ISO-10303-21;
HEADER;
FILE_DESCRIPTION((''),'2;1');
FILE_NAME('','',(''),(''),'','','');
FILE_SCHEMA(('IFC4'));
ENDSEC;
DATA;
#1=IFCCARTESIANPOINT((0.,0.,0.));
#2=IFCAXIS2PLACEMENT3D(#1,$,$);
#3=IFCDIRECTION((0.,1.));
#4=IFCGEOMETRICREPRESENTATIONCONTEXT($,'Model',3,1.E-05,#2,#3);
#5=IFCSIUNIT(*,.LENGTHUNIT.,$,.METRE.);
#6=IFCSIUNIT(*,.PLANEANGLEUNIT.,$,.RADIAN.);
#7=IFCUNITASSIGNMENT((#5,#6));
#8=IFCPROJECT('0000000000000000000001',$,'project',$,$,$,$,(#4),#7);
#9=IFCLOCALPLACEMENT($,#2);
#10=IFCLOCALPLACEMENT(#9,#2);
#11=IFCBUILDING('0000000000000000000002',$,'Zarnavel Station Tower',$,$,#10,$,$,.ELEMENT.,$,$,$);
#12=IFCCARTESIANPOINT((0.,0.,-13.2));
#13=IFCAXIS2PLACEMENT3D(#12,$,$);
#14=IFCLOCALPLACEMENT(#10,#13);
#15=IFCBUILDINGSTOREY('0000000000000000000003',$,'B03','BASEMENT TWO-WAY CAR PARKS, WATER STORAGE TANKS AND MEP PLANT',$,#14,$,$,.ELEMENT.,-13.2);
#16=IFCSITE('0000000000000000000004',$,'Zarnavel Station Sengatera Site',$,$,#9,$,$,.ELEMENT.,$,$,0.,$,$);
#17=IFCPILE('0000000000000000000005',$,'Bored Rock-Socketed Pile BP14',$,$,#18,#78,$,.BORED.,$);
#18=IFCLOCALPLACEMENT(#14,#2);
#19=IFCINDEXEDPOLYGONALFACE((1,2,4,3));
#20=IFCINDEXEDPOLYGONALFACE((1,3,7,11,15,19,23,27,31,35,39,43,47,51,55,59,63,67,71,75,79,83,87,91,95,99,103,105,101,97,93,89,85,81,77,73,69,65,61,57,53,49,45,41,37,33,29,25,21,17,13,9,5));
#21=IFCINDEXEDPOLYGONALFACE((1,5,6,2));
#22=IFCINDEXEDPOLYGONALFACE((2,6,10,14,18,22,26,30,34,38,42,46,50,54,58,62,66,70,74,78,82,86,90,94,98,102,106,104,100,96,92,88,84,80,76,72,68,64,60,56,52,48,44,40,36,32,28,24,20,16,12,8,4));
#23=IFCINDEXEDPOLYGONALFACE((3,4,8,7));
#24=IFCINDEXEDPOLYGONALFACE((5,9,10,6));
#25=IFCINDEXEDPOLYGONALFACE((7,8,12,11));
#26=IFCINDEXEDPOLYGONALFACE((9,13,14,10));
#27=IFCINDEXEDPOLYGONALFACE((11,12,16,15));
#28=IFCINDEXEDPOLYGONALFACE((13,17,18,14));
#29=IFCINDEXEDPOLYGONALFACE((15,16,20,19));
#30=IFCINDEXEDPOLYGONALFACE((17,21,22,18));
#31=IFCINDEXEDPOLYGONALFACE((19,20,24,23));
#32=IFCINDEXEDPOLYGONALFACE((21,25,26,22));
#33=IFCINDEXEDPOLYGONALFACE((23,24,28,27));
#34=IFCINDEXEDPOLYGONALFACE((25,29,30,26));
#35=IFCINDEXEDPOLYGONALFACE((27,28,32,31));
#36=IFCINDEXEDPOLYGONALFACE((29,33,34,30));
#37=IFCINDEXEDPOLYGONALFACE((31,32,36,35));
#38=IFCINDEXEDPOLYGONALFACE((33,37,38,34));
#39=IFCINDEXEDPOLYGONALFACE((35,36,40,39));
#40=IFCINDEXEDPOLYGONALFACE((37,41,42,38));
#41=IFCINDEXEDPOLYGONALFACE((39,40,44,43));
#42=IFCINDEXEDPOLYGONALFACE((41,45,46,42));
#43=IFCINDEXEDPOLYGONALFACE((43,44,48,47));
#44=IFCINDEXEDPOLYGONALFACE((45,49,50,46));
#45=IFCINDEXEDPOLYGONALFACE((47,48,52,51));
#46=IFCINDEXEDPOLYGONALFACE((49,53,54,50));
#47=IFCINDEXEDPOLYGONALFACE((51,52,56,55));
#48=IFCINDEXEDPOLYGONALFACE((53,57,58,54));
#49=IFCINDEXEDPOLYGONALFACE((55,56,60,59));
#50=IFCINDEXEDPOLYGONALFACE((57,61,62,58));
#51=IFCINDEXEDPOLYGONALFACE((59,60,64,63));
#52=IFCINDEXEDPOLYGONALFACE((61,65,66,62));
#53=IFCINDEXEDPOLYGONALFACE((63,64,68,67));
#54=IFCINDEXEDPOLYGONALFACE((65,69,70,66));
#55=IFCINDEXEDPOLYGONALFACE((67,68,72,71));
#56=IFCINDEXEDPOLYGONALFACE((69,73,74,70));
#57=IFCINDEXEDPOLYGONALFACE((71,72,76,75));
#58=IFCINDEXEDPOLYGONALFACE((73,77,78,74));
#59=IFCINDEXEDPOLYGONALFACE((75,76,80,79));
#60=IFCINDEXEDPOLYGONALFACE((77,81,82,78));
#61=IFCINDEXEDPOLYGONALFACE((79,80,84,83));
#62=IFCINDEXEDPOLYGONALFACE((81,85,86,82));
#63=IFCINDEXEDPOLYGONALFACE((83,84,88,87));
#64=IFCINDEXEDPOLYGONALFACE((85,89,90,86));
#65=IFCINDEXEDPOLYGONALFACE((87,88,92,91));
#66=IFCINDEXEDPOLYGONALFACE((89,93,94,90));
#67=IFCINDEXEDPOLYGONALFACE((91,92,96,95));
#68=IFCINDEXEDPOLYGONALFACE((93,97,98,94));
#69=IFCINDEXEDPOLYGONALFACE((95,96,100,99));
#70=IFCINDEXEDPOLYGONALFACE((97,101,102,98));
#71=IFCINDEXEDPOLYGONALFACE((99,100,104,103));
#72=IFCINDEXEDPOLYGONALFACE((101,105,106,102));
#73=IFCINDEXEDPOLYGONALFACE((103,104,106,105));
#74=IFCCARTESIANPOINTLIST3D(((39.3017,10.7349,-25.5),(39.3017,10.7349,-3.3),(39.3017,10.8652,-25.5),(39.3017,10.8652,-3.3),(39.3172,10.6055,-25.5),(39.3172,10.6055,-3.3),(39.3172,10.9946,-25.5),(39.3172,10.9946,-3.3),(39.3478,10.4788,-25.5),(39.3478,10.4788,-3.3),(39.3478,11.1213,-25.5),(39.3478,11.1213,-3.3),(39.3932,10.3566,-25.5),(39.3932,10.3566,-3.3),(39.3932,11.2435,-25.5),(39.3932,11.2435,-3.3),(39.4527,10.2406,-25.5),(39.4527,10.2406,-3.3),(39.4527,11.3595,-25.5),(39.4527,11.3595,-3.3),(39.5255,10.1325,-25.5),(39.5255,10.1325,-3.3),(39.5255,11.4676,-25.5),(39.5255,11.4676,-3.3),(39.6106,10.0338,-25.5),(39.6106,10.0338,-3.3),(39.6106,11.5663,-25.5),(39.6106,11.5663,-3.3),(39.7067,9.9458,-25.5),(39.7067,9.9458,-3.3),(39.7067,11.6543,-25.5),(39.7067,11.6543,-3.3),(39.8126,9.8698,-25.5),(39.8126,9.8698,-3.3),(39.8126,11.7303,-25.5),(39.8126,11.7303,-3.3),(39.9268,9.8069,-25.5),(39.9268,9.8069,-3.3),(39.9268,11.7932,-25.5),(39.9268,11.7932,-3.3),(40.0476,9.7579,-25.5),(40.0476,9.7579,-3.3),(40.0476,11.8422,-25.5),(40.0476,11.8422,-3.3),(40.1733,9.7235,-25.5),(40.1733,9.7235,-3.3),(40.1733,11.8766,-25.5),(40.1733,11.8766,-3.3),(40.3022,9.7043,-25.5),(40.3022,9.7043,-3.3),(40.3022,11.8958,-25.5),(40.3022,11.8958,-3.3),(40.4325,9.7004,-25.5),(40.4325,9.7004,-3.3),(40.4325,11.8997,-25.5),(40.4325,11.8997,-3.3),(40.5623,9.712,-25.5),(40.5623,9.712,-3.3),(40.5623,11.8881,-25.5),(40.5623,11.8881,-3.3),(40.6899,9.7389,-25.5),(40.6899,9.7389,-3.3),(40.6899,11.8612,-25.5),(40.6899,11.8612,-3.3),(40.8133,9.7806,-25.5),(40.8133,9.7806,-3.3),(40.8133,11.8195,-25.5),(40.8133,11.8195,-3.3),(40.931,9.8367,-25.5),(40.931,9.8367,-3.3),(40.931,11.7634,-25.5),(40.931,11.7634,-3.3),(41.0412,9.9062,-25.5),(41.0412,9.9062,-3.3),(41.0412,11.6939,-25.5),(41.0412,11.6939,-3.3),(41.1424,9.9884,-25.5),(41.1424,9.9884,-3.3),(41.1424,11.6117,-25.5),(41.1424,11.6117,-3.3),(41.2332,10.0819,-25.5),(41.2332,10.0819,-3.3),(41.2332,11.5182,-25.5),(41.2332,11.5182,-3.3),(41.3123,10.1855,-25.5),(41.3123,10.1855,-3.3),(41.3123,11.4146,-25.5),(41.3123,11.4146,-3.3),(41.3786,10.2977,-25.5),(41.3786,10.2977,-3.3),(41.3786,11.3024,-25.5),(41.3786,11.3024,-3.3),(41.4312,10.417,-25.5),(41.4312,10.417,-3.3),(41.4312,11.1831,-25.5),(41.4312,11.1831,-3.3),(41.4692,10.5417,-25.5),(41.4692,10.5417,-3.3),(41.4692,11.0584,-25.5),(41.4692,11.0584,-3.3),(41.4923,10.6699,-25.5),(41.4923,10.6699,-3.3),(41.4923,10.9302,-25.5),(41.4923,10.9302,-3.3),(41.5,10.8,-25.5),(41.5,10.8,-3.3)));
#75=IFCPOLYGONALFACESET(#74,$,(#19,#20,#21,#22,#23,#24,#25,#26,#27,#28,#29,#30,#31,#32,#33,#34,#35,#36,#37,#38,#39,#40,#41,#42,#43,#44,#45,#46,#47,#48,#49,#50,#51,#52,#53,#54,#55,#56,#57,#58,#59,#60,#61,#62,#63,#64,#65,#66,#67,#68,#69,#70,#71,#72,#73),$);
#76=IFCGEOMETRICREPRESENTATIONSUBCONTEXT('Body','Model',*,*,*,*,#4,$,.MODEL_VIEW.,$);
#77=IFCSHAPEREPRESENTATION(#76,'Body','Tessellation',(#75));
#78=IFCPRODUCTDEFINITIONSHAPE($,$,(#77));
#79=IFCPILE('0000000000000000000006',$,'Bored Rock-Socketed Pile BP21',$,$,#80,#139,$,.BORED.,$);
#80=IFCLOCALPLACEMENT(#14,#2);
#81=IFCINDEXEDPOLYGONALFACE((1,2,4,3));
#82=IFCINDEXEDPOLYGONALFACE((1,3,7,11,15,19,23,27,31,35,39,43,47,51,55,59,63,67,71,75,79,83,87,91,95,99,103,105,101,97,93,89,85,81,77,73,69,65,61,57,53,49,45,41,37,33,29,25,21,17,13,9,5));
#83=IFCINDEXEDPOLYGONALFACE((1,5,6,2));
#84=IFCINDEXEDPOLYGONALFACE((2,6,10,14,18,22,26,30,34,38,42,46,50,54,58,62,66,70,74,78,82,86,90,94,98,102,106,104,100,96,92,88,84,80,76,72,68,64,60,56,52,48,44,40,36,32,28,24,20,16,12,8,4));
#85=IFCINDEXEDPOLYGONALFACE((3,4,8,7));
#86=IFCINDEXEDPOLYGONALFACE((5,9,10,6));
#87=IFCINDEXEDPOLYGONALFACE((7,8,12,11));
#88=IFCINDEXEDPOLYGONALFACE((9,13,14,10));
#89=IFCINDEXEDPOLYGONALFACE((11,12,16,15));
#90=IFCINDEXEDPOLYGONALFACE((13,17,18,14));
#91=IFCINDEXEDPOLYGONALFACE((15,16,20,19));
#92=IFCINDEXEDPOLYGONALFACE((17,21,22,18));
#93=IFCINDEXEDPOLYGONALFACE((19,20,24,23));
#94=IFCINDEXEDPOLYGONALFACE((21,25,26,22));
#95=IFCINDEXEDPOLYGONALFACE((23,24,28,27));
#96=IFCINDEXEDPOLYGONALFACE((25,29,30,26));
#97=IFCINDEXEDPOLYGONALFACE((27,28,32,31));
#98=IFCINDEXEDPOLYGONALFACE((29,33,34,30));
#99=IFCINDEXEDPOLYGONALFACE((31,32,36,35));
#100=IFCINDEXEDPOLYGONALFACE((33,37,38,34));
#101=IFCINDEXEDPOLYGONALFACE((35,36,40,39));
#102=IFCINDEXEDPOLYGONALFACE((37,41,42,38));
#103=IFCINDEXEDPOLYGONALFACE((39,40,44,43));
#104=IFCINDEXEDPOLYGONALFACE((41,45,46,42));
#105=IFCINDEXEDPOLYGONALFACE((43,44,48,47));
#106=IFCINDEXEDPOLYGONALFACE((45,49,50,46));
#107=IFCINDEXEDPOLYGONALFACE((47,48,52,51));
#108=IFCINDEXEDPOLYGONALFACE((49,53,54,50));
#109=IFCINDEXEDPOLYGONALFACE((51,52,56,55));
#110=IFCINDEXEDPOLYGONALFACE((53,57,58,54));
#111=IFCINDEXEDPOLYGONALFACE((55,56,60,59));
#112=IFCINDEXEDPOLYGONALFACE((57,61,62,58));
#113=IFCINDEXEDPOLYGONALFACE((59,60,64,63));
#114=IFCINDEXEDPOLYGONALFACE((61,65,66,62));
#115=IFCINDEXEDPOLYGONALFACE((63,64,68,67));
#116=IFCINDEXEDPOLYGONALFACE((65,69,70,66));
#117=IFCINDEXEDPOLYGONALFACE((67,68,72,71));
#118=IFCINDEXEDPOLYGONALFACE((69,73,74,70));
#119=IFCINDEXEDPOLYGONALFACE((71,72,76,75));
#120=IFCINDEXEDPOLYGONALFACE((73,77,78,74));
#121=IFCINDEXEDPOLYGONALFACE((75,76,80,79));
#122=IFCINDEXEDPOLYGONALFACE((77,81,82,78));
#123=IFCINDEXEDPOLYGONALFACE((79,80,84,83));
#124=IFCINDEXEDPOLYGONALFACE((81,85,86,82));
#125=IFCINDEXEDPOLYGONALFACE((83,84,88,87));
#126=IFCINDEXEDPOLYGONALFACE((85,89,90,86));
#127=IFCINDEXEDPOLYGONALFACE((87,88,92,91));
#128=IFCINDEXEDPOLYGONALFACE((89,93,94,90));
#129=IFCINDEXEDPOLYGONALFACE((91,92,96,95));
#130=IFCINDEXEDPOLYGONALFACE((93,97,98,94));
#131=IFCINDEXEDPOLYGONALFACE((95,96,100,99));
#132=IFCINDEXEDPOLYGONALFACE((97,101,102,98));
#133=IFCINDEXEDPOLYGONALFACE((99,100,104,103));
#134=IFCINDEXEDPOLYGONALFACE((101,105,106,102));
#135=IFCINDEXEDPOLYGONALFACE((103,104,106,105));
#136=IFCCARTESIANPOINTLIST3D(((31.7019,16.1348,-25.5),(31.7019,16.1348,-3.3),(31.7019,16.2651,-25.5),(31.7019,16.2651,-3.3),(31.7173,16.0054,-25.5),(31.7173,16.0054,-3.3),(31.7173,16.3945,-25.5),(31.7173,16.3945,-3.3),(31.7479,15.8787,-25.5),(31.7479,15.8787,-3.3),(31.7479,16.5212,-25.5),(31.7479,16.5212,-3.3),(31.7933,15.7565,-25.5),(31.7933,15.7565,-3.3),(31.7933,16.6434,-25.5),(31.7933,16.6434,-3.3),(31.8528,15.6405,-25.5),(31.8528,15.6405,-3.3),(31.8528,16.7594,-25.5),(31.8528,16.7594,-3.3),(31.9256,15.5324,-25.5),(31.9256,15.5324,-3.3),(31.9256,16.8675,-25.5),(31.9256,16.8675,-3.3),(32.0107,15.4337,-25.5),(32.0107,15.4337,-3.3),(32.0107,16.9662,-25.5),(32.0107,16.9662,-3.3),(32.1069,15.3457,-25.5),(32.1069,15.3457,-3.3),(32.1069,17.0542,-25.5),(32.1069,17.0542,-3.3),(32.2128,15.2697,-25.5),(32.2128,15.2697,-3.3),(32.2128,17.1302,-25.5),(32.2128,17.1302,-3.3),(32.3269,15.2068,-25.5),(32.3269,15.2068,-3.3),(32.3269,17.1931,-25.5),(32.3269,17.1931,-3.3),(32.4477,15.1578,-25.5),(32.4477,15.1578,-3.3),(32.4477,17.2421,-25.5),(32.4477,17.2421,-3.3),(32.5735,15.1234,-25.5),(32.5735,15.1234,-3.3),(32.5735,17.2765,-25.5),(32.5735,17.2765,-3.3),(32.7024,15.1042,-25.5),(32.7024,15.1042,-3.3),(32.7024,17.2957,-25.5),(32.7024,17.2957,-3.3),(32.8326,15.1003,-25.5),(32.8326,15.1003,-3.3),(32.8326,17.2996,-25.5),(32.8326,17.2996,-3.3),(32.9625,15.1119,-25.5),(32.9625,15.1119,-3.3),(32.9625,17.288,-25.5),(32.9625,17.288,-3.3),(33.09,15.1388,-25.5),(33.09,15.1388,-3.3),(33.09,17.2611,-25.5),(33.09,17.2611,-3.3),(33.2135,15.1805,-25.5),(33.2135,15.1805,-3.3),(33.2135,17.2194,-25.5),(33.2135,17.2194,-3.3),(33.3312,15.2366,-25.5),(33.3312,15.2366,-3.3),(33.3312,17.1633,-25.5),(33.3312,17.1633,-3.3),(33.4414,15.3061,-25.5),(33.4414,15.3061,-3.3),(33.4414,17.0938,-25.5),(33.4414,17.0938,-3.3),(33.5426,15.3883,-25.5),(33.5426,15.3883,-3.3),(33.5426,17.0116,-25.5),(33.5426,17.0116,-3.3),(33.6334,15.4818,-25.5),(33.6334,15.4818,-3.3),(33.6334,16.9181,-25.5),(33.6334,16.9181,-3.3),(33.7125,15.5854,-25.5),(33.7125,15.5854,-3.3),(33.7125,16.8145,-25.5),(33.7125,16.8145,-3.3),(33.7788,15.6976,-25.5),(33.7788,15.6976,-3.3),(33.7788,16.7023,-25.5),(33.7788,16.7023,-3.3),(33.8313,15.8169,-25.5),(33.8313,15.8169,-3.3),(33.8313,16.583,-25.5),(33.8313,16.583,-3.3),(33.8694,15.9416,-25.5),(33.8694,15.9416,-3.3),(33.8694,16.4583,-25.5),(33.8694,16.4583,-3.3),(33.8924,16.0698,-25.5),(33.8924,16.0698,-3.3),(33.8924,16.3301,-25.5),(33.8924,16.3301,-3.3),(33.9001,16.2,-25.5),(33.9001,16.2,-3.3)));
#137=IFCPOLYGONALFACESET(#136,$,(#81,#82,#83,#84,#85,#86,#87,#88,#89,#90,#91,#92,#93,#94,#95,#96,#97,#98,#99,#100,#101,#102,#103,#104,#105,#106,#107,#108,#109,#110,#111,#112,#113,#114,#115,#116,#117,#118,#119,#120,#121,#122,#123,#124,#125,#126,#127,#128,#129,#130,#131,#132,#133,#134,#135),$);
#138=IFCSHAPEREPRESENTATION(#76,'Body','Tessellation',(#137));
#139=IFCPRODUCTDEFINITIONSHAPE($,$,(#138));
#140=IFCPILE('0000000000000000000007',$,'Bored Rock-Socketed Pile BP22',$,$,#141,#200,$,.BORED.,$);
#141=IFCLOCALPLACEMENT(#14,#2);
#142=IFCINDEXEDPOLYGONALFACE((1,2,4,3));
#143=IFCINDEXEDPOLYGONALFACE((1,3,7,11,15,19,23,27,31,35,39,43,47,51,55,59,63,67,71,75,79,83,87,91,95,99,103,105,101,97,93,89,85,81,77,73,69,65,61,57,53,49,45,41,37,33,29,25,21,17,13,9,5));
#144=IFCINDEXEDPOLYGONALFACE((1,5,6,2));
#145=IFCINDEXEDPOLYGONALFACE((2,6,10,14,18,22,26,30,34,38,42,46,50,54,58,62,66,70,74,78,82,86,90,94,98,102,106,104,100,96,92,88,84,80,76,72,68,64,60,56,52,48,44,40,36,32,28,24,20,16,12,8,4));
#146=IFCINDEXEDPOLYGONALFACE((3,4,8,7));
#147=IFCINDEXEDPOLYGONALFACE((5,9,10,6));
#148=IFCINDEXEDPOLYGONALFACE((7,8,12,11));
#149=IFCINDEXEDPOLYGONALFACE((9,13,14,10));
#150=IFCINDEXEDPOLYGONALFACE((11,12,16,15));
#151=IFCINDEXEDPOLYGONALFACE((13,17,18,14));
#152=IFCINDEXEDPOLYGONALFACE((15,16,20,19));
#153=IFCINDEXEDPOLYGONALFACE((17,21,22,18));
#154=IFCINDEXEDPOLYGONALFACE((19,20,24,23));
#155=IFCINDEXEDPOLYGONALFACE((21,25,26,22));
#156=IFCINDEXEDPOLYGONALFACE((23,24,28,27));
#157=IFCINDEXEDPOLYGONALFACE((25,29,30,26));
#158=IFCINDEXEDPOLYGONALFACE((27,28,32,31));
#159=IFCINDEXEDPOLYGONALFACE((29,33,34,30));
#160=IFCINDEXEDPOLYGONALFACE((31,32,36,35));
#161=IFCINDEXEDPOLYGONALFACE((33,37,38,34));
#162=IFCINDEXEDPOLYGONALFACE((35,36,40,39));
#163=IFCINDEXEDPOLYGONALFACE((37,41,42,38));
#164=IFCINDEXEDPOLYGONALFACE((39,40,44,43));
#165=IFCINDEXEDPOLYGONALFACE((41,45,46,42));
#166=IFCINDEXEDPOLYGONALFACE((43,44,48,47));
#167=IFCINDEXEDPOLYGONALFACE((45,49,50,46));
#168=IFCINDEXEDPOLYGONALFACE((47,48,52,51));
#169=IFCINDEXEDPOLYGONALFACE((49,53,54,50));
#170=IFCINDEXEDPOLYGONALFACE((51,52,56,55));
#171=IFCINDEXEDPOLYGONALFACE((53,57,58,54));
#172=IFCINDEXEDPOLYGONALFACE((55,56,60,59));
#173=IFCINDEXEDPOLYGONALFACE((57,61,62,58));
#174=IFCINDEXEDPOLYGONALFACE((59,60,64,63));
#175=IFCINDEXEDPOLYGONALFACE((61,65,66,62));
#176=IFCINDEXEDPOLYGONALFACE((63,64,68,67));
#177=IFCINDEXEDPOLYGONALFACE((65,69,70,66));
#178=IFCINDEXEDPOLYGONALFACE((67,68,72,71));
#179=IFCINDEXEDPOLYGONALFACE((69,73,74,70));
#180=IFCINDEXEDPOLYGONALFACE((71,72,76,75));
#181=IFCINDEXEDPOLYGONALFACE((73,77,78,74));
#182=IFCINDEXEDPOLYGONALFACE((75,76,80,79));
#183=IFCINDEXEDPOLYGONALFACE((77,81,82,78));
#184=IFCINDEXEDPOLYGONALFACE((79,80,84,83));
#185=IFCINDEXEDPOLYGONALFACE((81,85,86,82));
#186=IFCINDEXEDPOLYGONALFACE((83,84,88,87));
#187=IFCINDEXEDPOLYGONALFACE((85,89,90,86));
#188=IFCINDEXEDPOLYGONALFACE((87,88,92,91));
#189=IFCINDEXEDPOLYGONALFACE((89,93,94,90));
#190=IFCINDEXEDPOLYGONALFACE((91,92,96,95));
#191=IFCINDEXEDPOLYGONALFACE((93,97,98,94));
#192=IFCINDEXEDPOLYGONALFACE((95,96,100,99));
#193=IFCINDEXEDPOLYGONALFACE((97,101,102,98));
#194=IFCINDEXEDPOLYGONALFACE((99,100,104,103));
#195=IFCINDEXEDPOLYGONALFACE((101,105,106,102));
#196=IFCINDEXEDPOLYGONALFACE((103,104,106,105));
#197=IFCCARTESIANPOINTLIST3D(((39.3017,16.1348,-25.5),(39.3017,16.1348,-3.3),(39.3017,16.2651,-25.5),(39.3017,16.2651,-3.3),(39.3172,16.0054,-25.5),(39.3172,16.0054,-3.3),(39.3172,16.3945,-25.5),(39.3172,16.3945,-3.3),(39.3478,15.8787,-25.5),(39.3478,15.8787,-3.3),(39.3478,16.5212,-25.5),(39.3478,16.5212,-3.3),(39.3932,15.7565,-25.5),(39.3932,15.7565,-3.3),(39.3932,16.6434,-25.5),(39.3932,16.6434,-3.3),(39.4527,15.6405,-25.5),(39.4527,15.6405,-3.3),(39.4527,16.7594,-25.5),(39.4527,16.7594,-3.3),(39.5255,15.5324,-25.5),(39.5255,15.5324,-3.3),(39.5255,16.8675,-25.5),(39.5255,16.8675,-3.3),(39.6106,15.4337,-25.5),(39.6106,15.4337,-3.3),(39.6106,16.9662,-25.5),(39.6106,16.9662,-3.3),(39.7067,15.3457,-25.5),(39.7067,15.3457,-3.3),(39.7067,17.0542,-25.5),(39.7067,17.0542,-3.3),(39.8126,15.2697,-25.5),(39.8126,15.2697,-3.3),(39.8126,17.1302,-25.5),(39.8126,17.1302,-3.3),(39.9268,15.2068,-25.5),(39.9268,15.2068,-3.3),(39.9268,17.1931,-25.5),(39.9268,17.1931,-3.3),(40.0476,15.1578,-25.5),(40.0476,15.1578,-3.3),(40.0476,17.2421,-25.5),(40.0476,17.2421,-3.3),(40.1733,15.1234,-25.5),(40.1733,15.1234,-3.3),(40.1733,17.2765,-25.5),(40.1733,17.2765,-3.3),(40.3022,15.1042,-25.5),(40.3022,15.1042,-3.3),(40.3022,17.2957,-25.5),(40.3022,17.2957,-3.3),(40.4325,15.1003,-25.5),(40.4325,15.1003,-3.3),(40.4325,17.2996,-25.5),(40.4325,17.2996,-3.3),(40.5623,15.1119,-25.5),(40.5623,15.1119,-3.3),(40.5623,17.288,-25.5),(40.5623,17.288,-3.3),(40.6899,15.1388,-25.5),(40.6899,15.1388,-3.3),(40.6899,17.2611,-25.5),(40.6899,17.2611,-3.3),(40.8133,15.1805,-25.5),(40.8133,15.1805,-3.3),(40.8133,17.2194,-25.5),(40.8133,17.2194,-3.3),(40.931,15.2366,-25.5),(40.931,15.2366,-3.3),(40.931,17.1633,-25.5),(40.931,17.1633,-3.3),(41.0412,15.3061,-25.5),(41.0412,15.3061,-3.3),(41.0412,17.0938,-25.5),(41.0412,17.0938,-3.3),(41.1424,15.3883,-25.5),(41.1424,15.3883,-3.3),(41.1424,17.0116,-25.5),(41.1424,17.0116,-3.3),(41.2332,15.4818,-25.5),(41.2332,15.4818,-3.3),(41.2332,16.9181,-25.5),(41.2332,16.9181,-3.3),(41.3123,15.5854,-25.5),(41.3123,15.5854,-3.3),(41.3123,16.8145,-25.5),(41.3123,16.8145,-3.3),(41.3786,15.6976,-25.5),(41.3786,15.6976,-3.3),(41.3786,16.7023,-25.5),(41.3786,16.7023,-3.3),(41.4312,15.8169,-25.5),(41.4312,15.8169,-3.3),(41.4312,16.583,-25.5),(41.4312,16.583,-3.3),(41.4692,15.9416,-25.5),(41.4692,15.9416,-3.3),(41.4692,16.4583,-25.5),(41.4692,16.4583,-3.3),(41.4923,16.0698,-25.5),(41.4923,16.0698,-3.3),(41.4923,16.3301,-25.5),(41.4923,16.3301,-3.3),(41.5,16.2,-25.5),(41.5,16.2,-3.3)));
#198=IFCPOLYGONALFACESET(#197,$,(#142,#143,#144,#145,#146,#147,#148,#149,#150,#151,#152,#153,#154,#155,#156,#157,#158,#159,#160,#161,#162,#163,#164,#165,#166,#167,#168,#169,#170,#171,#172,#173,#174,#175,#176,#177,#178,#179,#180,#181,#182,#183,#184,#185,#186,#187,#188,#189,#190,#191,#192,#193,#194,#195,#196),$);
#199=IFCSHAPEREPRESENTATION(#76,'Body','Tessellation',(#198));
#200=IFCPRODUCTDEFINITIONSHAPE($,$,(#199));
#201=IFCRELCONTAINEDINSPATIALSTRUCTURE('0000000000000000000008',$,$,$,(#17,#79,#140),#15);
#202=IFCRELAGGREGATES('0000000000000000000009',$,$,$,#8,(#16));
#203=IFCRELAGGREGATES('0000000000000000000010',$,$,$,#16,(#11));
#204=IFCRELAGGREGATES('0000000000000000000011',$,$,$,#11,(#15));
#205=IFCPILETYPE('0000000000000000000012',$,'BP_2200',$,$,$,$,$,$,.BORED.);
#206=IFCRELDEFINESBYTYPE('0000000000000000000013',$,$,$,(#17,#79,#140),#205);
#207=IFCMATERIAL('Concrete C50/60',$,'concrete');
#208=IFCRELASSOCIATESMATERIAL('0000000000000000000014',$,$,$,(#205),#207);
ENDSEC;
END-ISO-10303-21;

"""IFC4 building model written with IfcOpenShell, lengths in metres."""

from ifc_helpers import new_model, si_unit, direction, frame, origin, origin_2d, place, context, subcontext, project, spatial, circle, extrude, material, material_profile, profile_set, type_object, element, save


model = new_model("IFC4")

# Units and contexts
model_context = context("Model", 3, precision=1e-05, world=origin(), true_north=direction((0.0, 1.0)))
body_context = subcontext(model_context, "Body", "Model", "MODEL_VIEW")
ifc_project = project(units=[si_unit("LENGTHUNIT", "METRE"), si_unit("PLANEANGLEUNIT", "RADIAN")], contexts=[model_context])

# Site, building, storey
site_placement = place(None, origin())
site = spatial("IfcSite", under=ifc_project, at=site_placement, Name="Zarnavel Station Sengatera Site", CompositionType="ELEMENT", RefElevation=0.0)
building_placement = place(site_placement, origin())
building = spatial("IfcBuilding", under=site, at=building_placement, Name="Zarnavel Station Tower", CompositionType="ELEMENT")
storey_placement = place(building_placement, frame((0.0, 0.0, -13.2)))
storey = spatial("IfcBuildingStorey", under=building, at=storey_placement, Name="B03", Description="BASEMENT TWO-WAY CAR PARKS, WATER STORAGE TANKS AND MEP PLANT", CompositionType="ELEMENT", Elevation=-13.2)

# Piles
ifc_material_1 = material(Name="Concrete C50/60", Category="concrete")
ifc_material_profile_1 = material_profile(ifc_material_1, circle(Radius=1.1001, at=origin_2d()), Name="PILE2200")
ifc_profile_set_1 = profile_set([ifc_material_profile_1], Name="Concrete C50/60")
pile_type_1 = type_object("IfcPileType", Name="BP_2200", PredefinedType="BORED", material=ifc_profile_set_1)
for number, where, z_axis, x_axis, name in (
    (1, (40.3999, 10.8, -3.3), (0.0, 0.0, -1.0), (1.0, 0.0, 0.0), "Bored Rock-Socketed Pile BP14"),
    (2, (32.8, 16.2, -3.3), (0.0, 0.0, -1.0), (1.0, 0.0, 0.0), "Bored Rock-Socketed Pile BP21"),
    (3, (40.3999, 16.2, -3.3), (0.0, 0.0, -1.0), (1.0, 0.0, 0.0), "Bored Rock-Socketed Pile BP22"),
):
    element("IfcPile", number, at=place(storey_placement, frame(where, z_axis=z_axis, x_axis=x_axis)), inside=storey, type_object=pile_type_1, Name=name, PredefinedType="BORED", context=body_context, shape_type="SweptSolid", body=[
        extrude(circle(Radius=1.1001, at=origin_2d()), origin(), (0.0, 0.0, 1.0), 22.2),
    ])

save(model, "model.ifc")
